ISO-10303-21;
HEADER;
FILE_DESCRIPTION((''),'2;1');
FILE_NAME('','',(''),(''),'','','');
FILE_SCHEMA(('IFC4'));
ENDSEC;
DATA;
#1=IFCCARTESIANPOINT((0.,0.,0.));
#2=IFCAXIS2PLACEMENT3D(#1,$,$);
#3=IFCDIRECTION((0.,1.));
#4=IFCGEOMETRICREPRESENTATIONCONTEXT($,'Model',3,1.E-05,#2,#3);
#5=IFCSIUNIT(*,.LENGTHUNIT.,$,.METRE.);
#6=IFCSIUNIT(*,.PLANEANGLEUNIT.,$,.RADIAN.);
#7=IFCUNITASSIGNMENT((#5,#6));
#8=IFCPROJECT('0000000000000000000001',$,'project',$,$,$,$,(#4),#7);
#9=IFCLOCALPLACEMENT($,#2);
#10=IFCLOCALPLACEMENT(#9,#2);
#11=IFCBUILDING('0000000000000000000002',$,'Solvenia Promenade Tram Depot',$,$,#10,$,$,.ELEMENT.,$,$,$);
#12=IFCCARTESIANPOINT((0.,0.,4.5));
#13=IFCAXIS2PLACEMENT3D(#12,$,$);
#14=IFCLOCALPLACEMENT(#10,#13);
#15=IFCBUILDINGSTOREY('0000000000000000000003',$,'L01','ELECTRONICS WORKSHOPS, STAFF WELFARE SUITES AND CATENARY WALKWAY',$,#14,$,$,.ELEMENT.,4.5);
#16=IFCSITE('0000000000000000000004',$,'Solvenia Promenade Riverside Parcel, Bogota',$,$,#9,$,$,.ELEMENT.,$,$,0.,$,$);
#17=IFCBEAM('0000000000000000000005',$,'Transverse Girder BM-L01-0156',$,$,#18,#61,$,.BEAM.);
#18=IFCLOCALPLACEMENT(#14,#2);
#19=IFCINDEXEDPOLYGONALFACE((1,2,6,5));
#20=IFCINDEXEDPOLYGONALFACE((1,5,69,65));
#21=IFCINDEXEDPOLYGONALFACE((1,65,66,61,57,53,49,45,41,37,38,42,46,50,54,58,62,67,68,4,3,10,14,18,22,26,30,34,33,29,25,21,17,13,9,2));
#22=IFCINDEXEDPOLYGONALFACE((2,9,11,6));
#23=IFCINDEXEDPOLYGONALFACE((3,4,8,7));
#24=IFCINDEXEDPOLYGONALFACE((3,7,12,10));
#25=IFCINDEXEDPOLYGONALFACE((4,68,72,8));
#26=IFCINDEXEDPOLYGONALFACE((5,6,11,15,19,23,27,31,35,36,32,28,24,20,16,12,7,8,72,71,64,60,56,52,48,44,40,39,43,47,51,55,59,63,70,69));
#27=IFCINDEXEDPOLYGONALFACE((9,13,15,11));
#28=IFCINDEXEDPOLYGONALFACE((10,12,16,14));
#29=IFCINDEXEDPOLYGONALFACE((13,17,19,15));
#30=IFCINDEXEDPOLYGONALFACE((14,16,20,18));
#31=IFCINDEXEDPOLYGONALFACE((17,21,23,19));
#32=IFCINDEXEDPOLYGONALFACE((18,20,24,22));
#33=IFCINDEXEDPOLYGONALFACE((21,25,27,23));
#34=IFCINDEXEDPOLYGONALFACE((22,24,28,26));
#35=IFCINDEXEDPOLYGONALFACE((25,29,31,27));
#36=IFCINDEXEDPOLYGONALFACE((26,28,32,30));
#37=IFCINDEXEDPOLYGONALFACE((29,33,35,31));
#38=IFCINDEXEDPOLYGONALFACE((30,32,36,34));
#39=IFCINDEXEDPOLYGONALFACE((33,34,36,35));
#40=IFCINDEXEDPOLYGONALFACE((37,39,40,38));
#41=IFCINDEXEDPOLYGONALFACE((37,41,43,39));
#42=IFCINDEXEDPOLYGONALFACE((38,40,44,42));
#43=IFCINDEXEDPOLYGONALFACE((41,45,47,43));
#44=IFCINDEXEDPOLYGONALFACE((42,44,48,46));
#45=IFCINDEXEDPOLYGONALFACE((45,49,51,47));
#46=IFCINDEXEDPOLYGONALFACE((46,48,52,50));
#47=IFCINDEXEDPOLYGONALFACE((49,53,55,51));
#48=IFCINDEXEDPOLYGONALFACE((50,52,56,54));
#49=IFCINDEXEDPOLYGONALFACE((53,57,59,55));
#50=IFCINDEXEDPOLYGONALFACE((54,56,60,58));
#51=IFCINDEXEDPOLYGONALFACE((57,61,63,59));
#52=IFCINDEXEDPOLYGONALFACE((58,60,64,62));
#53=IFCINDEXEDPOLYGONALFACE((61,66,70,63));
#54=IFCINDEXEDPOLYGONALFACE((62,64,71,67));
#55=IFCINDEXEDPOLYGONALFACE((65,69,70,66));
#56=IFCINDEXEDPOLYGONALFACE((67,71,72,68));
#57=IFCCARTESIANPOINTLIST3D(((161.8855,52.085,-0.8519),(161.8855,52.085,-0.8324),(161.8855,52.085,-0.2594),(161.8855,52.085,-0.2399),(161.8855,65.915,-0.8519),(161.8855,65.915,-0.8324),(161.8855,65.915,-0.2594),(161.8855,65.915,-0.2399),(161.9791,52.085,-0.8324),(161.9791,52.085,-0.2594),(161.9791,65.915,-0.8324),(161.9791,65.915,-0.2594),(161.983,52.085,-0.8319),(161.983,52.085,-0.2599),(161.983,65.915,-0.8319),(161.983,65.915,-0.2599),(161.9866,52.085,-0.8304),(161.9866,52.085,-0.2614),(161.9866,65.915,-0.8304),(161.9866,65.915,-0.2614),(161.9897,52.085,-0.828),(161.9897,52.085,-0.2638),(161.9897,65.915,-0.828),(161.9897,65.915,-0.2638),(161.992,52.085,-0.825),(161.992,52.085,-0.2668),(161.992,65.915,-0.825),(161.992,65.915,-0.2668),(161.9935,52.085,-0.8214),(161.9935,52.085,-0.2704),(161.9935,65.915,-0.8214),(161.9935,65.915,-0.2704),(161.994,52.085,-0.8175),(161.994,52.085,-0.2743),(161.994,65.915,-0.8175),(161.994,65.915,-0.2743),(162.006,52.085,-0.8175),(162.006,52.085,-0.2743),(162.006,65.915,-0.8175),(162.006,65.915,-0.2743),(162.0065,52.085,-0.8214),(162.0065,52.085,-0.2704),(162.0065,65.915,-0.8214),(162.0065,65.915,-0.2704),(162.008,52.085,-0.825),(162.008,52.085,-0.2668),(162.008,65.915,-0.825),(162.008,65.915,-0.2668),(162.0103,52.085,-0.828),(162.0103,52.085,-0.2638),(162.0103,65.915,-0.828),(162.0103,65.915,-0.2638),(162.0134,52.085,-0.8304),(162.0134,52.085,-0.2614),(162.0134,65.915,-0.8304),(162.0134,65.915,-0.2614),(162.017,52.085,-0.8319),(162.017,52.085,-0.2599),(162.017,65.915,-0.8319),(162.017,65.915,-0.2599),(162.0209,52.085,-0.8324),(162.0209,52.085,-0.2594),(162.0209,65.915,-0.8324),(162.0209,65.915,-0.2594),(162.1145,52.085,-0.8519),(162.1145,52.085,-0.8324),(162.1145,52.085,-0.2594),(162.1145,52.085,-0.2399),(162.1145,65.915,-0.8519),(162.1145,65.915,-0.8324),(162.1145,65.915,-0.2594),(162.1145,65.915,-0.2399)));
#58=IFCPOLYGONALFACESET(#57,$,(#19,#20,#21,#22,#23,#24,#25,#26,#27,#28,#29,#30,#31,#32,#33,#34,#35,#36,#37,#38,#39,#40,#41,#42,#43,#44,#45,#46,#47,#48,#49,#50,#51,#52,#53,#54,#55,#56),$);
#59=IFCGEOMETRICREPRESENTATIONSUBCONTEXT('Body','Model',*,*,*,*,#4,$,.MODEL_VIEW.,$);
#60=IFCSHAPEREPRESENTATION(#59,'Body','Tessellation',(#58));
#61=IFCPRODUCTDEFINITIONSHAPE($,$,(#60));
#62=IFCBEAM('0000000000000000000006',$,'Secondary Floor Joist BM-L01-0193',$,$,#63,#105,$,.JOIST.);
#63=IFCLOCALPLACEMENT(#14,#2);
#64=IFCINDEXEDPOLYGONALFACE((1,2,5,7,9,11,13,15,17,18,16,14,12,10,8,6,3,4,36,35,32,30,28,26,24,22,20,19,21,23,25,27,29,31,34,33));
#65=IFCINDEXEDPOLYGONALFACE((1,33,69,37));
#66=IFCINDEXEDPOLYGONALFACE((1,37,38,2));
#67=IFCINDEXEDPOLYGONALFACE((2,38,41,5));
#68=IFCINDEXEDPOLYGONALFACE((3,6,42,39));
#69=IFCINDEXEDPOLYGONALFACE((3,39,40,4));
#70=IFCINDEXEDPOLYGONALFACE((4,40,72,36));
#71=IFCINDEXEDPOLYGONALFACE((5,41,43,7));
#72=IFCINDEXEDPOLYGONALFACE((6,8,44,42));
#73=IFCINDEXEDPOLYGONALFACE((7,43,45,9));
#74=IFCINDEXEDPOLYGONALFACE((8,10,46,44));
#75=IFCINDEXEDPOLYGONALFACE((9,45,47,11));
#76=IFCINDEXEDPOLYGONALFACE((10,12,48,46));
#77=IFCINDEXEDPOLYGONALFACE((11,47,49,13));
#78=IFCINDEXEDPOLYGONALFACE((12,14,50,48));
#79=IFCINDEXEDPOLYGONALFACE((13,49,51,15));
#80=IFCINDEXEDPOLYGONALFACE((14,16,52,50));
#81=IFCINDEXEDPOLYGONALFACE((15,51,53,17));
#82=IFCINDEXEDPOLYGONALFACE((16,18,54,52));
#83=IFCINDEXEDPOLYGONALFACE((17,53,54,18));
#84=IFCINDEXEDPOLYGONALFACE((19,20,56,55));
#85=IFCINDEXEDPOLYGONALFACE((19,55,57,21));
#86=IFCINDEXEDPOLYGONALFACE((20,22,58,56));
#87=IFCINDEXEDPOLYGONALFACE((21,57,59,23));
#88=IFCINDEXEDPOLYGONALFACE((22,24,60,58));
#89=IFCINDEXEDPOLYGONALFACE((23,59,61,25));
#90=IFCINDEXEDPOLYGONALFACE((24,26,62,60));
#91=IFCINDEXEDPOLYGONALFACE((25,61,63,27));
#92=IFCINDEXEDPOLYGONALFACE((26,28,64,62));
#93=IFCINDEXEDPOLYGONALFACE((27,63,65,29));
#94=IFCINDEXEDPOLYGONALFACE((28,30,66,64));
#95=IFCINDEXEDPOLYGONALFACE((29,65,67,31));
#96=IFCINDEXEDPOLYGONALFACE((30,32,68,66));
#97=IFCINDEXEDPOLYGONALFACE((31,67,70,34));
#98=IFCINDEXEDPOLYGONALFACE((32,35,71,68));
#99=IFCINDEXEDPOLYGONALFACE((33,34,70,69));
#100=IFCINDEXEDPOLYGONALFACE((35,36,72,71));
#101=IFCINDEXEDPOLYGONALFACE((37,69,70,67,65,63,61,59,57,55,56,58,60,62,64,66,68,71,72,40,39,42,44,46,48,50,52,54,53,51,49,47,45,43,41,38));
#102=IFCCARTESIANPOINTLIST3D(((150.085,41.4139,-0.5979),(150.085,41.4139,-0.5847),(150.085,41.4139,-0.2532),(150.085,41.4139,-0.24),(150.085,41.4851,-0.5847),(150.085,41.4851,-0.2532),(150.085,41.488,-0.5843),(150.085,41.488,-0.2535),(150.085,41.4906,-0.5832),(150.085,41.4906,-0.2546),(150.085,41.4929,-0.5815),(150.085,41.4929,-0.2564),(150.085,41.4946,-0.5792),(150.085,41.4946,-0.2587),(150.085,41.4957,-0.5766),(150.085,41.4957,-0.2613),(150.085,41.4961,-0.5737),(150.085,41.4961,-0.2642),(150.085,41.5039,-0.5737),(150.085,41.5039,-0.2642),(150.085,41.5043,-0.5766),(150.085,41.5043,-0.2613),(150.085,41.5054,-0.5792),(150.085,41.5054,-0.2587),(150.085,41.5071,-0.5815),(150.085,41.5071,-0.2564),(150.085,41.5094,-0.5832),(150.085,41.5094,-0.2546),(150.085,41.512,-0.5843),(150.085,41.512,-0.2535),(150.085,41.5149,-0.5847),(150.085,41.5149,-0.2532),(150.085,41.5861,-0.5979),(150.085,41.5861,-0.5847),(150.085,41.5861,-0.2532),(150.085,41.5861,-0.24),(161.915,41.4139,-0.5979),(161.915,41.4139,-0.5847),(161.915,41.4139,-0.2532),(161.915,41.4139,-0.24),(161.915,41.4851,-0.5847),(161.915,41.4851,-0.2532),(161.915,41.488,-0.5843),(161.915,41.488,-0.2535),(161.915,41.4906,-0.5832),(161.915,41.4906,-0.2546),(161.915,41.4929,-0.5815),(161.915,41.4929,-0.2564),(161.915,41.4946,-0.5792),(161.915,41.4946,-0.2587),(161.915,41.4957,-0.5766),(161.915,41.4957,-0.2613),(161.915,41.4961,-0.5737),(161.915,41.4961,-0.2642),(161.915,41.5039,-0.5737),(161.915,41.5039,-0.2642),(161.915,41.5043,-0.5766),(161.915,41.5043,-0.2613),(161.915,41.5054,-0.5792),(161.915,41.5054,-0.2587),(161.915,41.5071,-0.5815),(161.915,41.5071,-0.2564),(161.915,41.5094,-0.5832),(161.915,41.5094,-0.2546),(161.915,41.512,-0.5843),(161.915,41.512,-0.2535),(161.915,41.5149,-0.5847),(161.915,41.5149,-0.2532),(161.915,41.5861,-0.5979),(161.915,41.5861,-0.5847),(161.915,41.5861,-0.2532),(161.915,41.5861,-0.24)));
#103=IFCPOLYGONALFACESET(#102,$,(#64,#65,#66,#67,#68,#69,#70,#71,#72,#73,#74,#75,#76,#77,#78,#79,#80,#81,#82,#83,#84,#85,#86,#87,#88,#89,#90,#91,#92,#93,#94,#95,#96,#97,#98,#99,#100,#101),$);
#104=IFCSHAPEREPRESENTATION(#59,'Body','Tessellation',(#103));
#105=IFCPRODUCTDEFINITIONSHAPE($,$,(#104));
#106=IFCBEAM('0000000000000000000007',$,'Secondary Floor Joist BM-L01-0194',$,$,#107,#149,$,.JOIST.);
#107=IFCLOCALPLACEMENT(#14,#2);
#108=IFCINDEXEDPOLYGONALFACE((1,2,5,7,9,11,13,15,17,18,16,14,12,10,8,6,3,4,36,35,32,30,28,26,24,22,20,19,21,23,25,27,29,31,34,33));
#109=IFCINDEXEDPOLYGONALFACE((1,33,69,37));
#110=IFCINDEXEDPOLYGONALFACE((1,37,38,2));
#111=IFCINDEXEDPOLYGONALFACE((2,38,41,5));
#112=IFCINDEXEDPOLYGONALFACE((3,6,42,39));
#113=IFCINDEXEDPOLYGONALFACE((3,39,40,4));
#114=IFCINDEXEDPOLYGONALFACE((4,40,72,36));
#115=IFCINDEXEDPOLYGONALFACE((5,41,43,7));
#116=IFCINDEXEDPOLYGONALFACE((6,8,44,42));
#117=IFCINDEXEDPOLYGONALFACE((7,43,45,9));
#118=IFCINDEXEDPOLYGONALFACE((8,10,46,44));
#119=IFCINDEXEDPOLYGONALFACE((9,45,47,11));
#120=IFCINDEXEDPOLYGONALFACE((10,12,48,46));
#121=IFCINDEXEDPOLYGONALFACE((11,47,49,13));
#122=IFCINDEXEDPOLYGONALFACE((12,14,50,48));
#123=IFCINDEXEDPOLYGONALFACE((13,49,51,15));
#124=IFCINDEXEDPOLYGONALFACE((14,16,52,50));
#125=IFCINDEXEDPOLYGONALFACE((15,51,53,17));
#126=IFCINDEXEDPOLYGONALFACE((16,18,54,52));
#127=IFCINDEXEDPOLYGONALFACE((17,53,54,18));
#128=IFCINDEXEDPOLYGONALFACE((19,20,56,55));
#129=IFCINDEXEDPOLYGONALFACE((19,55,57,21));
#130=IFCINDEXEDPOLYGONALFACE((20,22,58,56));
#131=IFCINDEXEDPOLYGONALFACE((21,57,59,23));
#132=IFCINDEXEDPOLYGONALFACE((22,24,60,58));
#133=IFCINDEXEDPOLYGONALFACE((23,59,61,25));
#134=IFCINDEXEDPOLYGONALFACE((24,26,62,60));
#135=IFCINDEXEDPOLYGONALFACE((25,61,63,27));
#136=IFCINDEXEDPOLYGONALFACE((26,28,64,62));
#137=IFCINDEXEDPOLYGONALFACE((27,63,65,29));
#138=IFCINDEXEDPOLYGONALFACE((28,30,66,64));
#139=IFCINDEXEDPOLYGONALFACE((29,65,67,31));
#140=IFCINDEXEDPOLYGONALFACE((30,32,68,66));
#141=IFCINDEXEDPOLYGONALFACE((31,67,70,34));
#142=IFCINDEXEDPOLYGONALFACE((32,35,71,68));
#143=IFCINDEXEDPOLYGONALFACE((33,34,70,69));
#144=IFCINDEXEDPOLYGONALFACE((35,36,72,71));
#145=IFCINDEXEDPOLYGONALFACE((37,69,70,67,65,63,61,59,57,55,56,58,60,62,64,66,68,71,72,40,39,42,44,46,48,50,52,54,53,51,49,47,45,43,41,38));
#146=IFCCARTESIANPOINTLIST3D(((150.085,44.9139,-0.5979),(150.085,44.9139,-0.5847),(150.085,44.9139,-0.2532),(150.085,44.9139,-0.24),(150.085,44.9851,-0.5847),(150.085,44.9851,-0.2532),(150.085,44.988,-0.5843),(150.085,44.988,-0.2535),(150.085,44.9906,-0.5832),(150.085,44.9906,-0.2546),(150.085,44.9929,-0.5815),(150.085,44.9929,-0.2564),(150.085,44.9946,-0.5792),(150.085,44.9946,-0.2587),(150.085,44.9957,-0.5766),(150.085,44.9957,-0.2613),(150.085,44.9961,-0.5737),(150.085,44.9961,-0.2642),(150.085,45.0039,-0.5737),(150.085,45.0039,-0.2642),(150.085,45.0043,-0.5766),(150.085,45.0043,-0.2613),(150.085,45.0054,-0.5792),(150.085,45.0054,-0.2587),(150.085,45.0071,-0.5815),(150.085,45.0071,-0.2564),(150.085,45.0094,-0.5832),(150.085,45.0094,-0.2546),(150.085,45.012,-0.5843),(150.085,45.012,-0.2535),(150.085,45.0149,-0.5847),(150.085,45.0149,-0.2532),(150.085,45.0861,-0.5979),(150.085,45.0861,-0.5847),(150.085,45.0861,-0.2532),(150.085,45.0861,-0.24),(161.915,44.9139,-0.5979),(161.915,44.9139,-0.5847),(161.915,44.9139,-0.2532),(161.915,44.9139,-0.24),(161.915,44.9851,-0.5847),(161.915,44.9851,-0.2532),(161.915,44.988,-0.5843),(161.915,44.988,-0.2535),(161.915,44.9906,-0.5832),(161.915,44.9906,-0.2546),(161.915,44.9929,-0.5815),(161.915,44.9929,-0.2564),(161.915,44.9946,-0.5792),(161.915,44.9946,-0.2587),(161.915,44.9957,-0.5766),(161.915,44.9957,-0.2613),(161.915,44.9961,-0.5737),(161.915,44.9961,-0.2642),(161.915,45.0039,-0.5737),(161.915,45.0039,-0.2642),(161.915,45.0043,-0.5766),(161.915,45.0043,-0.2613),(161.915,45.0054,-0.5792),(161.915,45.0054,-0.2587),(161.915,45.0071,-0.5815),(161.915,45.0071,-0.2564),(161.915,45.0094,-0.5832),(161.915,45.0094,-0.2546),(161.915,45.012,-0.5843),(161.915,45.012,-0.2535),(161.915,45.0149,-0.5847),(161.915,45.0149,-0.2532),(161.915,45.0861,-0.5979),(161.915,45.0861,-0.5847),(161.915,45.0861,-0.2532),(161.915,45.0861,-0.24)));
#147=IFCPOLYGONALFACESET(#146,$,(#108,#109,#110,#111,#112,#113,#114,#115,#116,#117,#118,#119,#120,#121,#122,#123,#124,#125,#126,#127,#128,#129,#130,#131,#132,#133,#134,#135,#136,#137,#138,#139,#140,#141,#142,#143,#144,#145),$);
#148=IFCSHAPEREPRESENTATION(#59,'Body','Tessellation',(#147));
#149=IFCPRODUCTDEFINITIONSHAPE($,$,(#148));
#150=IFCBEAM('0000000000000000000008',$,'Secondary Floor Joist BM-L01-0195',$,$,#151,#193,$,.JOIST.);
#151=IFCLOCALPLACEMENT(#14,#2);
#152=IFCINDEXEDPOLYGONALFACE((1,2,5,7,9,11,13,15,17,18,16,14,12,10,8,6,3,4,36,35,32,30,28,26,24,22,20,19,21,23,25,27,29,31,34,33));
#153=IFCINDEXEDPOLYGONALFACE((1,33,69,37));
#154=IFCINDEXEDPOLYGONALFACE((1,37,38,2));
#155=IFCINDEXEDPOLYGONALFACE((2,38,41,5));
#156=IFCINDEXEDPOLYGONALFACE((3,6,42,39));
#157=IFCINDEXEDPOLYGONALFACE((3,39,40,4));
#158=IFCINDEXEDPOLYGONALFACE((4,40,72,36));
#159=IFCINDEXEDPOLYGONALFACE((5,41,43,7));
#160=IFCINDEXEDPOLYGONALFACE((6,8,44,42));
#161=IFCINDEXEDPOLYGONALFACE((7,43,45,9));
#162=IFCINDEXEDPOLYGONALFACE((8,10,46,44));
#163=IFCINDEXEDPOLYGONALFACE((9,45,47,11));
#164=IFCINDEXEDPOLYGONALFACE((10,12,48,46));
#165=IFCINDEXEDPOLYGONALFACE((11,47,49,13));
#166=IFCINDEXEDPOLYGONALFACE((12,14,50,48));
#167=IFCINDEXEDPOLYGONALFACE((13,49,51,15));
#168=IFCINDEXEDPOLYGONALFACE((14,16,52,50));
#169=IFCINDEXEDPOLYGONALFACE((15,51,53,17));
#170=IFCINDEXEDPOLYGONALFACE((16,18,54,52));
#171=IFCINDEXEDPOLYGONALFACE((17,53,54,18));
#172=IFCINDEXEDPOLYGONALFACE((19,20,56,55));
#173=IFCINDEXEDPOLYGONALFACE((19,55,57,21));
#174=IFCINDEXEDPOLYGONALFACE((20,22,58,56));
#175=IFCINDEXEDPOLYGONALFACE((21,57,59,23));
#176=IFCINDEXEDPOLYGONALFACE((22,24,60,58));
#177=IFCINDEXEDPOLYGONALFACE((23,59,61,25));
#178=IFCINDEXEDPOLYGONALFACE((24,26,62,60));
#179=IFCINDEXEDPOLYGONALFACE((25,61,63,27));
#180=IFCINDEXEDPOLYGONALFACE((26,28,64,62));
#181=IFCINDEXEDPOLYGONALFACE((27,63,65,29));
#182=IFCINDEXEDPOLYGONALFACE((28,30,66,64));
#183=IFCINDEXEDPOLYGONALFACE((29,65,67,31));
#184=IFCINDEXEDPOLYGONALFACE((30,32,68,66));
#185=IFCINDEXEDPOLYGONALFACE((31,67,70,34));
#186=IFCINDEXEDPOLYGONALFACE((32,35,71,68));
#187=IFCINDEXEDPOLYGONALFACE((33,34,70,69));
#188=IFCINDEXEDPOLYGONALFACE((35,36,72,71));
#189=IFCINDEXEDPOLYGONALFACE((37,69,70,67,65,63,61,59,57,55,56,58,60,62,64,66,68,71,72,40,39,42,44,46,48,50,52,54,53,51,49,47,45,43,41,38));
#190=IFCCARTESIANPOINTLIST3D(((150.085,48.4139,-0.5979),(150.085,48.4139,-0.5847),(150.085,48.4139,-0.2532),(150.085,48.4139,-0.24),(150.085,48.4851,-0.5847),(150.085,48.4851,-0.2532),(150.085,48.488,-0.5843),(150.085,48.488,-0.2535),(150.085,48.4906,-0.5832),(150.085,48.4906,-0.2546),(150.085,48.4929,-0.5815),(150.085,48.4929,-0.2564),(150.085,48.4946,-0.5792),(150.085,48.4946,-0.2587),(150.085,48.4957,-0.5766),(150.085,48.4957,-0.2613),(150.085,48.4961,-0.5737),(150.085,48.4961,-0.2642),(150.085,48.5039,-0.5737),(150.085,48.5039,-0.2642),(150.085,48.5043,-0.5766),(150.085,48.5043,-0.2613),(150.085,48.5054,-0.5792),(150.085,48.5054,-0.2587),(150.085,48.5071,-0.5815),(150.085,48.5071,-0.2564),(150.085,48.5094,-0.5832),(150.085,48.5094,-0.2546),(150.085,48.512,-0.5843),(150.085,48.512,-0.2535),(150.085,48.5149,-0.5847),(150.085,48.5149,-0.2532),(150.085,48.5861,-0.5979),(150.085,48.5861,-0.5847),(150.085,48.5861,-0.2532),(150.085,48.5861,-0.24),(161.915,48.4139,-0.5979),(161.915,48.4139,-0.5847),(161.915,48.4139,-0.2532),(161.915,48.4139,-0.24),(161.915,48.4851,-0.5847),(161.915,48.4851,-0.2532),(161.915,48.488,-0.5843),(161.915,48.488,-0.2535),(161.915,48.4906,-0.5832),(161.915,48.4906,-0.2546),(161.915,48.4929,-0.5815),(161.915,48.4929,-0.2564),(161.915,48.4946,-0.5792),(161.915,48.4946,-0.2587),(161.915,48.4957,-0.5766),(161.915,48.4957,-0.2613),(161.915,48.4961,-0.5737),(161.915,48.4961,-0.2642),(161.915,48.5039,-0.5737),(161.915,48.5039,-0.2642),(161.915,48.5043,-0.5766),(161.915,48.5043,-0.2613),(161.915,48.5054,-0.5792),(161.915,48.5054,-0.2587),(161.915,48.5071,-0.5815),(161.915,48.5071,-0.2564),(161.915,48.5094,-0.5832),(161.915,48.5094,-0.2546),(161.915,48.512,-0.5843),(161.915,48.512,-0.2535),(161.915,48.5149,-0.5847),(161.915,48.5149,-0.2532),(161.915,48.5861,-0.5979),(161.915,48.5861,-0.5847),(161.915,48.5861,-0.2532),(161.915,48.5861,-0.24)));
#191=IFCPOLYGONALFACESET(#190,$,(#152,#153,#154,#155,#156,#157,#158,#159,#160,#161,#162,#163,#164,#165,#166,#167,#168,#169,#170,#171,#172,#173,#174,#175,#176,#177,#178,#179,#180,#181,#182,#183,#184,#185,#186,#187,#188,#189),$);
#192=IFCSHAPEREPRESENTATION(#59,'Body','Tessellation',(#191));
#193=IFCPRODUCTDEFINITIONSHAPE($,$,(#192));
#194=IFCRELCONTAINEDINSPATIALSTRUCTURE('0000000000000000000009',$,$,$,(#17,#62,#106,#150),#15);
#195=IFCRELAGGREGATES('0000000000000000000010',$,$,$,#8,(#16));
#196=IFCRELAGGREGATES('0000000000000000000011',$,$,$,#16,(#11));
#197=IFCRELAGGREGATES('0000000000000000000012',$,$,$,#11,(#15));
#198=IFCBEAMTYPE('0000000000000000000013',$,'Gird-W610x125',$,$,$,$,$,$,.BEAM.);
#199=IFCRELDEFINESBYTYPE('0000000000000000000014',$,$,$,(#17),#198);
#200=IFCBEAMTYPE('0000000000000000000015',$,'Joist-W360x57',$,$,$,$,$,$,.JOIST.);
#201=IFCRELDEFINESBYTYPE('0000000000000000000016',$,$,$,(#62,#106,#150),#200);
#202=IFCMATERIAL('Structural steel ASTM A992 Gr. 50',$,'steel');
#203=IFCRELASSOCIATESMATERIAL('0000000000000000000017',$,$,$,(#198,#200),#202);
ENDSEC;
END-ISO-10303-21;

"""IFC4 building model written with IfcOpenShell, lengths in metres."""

from ifc_helpers import new_model, si_unit, direction, frame, origin, origin_2d, place, context, subcontext, project, spatial, i_section, extrude, material, material_profile, profile_set, type_object, element, save


model = new_model("IFC4")

# Units and contexts
model_context = context("Model", 3, precision=1e-05, world=origin(), true_north=direction((0.0, 1.0)))
body_context = subcontext(model_context, "Body", "Model", "MODEL_VIEW")
ifc_project = project(units=[si_unit("LENGTHUNIT", "METRE"), si_unit("PLANEANGLEUNIT", "RADIAN")], contexts=[model_context])

# Site, building, storey
site_placement = place(None, origin())
site = spatial("IfcSite", under=ifc_project, at=site_placement, Name="Solvenia Promenade Riverside Parcel, Bogota", CompositionType="ELEMENT", RefElevation=0.0)
building_placement = place(site_placement, origin())
building = spatial("IfcBuilding", under=site, at=building_placement, Name="Solvenia Promenade Tram Depot", CompositionType="ELEMENT")
storey_placement = place(building_placement, frame((0.0, 0.0, 4.5)))
storey = spatial("IfcBuildingStorey", under=building, at=storey_placement, Name="L01", Description="ELECTRONICS WORKSHOPS, STAFF WELFARE SUITES AND CATENARY WALKWAY", CompositionType="ELEMENT", Elevation=4.5)

# Shared definitions
ifc_material_1 = material(Name="Structural steel ASTM A992 Gr. 50", Category="steel")

# Beams
ifc_material_profile_1 = material_profile(ifc_material_1, i_section(OverallWidth=0.229, OverallDepth=0.6121, WebThickness=0.012, FlangeThickness=0.0195, FilletRadius=0.0149, at=origin_2d()), Name="W610x125", Category="steel")
ifc_profile_set_1 = profile_set([ifc_material_profile_1], Name="Structural steel ASTM A992 Gr. 50")
beam_type_1 = type_object("IfcBeamType", Name="Gird-W610x125", PredefinedType="BEAM", material=ifc_profile_set_1)
for number, where, z_axis, x_axis, name in (
    (1, (162.0, 52.085, -0.5459), (0.0, 1.0, 0.0), (-1.0, 0.0, 0.0), "Transverse Girder BM-L01-0156"),
):
    element("IfcBeam", number, at=place(storey_placement, frame(where, z_axis=z_axis, x_axis=x_axis)), inside=storey, type_object=beam_type_1, Name=name, PredefinedType="BEAM", context=body_context, shape_type="SweptSolid", body=[
        extrude(i_section(OverallWidth=0.229, OverallDepth=0.6121, WebThickness=0.012, FlangeThickness=0.0195, FilletRadius=0.0149, at=origin_2d()), origin(), (0.0, 0.0, 1.0), 13.8301),
    ])
ifc_material_profile_2 = material_profile(ifc_material_1, i_section(OverallWidth=0.1721, OverallDepth=0.3579, WebThickness=0.0078, FlangeThickness=0.0132, FilletRadius=0.011, at=origin_2d()), Name="W360x57", Category="steel")
ifc_profile_set_2 = profile_set([ifc_material_profile_2], Name="Structural steel ASTM A992 Gr. 50")
beam_type_2 = type_object("IfcBeamType", Name="Joist-W360x57", PredefinedType="JOIST", material=ifc_profile_set_2)
for number, where, z_axis, x_axis, name in (
    (2, (150.085, 41.5, -0.4189), (1.0, 0.0, 0.0), (0.0, 1.0, 0.0), "Secondary Floor Joist BM-L01-0193"),
    (3, (150.085, 45.0, -0.4189), (1.0, 0.0, 0.0), (0.0, 1.0, 0.0), "Secondary Floor Joist BM-L01-0194"),
    (4, (150.085, 48.5, -0.4189), (1.0, 0.0, 0.0), (0.0, 1.0, 0.0), "Secondary Floor Joist BM-L01-0195"),
):
    element("IfcBeam", number, at=place(storey_placement, frame(where, z_axis=z_axis, x_axis=x_axis)), inside=storey, type_object=beam_type_2, Name=name, PredefinedType="JOIST", context=body_context, shape_type="SweptSolid", body=[
        extrude(i_section(OverallWidth=0.1721, OverallDepth=0.3579, WebThickness=0.0078, FlangeThickness=0.0132, FilletRadius=0.011, at=origin_2d()), origin(), (0.0, 0.0, 1.0), 11.8301),
    ])

save(model, "model.ifc")
